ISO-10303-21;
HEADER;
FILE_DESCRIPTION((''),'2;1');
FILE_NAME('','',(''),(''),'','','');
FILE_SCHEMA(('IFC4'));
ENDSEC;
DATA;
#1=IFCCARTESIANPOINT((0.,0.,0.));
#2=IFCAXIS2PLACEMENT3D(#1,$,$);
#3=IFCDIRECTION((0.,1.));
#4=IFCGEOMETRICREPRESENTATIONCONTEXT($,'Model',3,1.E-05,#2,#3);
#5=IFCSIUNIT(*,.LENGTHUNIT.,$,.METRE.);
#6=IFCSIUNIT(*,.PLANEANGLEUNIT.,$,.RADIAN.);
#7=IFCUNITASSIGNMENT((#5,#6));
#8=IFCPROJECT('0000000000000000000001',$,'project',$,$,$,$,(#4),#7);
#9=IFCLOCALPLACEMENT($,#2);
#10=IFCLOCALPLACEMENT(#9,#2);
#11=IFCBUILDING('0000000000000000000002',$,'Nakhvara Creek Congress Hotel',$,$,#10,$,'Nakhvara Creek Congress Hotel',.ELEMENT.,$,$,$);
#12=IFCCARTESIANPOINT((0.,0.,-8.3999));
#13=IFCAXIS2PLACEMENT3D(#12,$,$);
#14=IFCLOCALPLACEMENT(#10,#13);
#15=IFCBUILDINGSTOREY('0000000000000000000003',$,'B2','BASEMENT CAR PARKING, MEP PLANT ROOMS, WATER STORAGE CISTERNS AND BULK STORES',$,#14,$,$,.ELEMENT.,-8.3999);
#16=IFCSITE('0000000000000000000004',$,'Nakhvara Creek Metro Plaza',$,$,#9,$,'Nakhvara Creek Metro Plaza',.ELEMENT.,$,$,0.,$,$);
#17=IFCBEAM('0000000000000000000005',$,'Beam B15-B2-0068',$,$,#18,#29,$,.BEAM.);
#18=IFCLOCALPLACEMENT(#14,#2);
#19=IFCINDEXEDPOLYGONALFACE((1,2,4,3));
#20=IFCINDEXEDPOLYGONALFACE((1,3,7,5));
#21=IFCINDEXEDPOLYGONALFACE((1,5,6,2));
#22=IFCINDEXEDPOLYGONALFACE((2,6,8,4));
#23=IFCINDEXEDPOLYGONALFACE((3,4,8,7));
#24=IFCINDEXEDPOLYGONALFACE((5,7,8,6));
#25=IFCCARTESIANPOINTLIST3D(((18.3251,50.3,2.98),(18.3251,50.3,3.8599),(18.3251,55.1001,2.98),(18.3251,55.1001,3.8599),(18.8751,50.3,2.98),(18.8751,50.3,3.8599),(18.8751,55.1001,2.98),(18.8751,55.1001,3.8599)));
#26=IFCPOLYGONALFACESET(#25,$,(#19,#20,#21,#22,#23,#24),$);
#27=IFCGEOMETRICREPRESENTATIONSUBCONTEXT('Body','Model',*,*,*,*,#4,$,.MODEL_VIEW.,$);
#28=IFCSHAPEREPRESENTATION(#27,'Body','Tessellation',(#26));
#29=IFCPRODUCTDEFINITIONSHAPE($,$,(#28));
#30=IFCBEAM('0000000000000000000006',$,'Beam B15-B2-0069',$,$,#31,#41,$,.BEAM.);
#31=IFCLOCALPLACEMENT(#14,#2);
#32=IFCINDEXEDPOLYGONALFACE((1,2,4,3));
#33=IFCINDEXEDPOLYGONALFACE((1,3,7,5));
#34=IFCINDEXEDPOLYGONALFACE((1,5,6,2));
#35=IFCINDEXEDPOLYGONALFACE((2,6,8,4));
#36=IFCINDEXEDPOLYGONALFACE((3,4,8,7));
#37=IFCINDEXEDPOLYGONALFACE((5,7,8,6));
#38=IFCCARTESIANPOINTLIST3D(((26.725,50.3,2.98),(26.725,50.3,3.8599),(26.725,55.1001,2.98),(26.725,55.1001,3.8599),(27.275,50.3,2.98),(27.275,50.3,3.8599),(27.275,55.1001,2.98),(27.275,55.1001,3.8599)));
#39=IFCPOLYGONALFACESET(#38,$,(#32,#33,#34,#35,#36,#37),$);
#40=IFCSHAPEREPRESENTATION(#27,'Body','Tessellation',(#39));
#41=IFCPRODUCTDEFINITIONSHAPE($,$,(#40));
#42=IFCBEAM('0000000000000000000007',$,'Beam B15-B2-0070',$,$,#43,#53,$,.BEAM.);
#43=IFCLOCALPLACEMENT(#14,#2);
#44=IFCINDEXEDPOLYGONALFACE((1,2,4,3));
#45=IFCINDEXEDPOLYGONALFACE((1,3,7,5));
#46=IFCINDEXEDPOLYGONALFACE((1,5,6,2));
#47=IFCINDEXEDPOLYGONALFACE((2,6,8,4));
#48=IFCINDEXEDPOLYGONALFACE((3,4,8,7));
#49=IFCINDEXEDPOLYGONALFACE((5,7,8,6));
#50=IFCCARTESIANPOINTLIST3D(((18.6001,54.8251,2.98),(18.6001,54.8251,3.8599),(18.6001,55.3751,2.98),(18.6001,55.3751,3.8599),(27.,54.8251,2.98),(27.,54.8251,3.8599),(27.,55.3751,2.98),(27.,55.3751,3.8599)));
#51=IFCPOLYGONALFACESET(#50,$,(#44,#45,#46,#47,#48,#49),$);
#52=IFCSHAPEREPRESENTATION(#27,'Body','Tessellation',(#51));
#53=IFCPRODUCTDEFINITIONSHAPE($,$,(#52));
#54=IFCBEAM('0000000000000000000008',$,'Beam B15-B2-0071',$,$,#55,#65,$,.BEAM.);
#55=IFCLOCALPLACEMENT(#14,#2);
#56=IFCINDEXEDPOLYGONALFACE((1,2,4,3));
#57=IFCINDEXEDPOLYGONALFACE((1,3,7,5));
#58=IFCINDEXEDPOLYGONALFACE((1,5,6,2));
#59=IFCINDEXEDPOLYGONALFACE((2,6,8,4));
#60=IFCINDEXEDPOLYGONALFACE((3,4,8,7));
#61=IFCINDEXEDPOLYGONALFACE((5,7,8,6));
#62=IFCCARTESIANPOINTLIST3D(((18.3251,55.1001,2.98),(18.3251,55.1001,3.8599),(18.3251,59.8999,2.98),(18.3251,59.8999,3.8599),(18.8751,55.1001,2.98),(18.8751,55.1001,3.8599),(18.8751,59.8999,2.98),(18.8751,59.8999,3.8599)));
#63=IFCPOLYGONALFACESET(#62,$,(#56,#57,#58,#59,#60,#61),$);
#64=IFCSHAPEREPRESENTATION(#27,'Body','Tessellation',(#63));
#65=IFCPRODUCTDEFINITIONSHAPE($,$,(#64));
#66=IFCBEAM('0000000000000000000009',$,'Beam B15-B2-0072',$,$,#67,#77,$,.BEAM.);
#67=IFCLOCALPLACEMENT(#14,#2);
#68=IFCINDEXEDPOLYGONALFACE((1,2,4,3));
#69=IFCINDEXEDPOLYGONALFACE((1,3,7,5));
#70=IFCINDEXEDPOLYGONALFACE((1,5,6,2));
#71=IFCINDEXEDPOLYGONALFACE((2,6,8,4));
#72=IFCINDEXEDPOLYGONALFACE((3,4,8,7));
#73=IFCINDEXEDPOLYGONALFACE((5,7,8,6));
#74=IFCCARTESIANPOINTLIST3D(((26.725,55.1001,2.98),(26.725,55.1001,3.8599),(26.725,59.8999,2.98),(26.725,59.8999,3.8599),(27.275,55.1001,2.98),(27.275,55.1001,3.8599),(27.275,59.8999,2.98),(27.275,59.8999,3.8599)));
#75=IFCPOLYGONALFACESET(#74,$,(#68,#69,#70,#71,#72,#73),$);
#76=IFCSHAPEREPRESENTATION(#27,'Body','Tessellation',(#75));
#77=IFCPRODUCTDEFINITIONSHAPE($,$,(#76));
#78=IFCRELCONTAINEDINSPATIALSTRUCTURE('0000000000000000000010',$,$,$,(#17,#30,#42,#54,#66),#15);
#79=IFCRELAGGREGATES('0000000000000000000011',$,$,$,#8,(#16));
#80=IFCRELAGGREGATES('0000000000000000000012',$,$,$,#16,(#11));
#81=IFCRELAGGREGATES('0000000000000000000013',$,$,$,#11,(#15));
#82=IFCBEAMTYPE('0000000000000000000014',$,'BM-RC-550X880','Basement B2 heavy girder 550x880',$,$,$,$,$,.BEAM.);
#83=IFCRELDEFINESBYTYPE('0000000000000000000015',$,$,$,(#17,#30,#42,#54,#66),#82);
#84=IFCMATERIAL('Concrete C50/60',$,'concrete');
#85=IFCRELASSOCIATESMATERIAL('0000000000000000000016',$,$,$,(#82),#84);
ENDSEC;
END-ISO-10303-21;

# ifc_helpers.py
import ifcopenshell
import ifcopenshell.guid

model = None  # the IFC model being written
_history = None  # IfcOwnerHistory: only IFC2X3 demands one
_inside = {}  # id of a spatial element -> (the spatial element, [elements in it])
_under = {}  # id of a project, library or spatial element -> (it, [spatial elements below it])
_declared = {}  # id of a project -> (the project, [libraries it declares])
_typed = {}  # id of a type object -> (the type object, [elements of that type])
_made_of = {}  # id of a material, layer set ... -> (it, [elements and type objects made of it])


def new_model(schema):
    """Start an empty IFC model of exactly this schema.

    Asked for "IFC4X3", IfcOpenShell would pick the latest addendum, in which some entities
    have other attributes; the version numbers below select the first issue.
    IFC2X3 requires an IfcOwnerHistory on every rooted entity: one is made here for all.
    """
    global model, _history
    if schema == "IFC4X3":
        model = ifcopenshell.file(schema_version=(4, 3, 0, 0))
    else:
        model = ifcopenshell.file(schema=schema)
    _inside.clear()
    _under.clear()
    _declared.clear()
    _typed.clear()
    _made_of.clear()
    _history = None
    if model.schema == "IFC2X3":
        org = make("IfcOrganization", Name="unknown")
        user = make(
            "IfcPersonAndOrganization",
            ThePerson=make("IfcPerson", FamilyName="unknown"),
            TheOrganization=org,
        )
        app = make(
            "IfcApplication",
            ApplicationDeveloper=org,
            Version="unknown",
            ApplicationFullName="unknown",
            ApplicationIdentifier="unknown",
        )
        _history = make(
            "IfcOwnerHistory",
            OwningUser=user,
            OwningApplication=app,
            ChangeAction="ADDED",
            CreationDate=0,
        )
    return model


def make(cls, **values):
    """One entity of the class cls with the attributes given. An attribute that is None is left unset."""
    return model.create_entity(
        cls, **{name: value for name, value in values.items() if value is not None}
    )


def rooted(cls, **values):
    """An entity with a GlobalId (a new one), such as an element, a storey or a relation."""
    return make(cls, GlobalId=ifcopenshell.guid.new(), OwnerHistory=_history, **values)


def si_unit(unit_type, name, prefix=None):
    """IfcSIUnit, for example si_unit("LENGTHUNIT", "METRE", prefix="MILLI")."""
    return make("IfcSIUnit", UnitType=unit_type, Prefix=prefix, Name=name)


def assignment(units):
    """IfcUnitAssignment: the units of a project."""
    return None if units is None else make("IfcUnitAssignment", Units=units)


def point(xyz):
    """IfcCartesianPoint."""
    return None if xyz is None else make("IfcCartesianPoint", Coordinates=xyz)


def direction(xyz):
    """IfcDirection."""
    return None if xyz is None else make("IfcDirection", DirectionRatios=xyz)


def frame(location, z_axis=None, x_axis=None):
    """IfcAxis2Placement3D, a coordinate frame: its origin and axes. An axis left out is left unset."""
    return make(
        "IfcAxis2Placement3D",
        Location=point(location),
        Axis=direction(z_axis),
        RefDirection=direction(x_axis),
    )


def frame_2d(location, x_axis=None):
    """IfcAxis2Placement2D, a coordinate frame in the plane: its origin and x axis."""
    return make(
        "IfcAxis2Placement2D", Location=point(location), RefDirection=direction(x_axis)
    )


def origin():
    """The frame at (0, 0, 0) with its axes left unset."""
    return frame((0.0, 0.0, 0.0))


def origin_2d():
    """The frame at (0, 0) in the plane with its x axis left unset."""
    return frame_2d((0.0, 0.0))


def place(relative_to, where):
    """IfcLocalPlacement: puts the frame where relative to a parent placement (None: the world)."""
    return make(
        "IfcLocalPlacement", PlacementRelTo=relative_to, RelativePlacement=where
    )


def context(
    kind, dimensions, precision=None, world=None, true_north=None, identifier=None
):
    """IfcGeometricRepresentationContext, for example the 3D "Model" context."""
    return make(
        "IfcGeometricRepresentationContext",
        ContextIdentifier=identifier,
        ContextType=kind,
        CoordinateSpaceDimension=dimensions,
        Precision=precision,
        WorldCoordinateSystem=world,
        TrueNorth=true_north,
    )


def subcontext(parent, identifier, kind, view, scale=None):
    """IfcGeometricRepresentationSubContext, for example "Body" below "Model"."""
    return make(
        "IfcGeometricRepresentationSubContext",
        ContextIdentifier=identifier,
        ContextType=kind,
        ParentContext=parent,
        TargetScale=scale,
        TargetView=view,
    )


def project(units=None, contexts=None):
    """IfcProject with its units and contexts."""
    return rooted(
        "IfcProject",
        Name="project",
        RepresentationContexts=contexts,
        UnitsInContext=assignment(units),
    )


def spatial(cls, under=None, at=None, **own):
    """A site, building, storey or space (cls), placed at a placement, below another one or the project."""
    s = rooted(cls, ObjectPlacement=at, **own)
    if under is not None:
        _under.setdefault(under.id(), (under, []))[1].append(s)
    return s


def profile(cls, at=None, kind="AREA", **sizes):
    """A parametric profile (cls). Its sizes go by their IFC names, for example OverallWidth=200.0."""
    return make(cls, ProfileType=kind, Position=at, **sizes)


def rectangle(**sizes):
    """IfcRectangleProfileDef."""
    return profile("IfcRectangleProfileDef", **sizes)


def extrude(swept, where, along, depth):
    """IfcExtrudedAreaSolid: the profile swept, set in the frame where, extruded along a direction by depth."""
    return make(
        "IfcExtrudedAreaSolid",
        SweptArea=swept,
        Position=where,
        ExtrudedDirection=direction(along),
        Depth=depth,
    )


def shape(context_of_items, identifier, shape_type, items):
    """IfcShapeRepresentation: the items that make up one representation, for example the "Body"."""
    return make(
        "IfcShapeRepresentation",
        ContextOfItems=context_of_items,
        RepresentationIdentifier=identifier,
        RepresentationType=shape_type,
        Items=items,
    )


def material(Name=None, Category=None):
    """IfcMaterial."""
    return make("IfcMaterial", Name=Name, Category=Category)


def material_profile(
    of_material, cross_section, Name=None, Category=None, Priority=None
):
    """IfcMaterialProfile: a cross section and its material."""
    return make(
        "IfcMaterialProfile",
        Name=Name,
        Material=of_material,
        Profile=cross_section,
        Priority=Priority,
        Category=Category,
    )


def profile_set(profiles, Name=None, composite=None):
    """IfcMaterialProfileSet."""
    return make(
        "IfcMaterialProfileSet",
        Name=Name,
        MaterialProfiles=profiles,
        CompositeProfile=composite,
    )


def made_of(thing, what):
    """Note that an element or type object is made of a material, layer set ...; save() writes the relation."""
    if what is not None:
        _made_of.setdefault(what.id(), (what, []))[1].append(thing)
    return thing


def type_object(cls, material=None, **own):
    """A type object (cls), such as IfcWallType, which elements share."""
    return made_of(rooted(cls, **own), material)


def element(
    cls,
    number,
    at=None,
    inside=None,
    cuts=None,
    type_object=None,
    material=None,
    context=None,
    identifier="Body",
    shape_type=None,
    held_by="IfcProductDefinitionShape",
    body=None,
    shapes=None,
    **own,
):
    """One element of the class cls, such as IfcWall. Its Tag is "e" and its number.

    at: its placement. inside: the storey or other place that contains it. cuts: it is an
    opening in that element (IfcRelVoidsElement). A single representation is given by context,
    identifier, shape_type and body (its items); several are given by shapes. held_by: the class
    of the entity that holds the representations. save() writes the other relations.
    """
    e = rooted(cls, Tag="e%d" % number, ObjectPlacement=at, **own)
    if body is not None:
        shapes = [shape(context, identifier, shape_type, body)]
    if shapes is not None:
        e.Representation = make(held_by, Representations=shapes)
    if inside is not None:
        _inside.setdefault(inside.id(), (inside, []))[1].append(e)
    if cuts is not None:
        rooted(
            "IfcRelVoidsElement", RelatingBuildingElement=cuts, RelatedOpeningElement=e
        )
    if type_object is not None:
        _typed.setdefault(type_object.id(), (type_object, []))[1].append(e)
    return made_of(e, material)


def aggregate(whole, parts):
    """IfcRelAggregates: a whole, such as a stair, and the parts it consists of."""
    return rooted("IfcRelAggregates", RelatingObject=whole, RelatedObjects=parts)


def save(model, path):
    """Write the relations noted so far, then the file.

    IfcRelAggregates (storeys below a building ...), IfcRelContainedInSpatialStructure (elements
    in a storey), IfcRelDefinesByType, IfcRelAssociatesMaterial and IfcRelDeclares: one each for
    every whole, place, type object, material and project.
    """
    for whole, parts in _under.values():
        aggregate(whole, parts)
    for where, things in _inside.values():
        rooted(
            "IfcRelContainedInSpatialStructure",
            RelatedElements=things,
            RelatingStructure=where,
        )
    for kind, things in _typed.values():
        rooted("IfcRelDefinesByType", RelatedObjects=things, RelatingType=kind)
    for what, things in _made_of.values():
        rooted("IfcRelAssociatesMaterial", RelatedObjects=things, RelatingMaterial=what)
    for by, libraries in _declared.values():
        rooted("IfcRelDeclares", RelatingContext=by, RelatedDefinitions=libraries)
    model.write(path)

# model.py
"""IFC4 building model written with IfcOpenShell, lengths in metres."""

from ifc_helpers import new_model, si_unit, direction, frame, origin, origin_2d, place, context, subcontext, project, spatial, rectangle, extrude, material, material_profile, profile_set, type_object, element, save


model = new_model("IFC4")

# Units and contexts
model_context = context("Model", 3, precision=1e-05, world=origin(), true_north=direction((0.0, 1.0)))
body_context = subcontext(model_context, "Body", "Model", "MODEL_VIEW")
ifc_project = project(units=[si_unit("LENGTHUNIT", "METRE"), si_unit("PLANEANGLEUNIT", "RADIAN")], contexts=[model_context])

# Site, building, storey
site_placement = place(None, origin())
site = spatial("IfcSite", under=ifc_project, at=site_placement, Name="Nakhvara Creek Metro Plaza", LongName="Nakhvara Creek Metro Plaza", CompositionType="ELEMENT", RefElevation=0.0)
building_placement = place(site_placement, origin())
building = spatial("IfcBuilding", under=site, at=building_placement, Name="Nakhvara Creek Congress Hotel", LongName="Nakhvara Creek Congress Hotel", CompositionType="ELEMENT")
storey_placement = place(building_placement, frame((0.0, 0.0, -8.3999)))
storey = spatial("IfcBuildingStorey", under=building, at=storey_placement, Name="B2", Description="BASEMENT CAR PARKING, MEP PLANT ROOMS, WATER STORAGE CISTERNS AND BULK STORES", CompositionType="ELEMENT", Elevation=-8.3999)

# Shared definitions
ifc_material_1 = material(Name="Concrete C50/60", Category="concrete")

# Beams
ifc_material_profile_1 = material_profile(ifc_material_1, rectangle(XDim=0.55, YDim=0.8799, at=origin_2d()), Name="RC-BM 550x880", Category="LoadBearing")
ifc_profile_set_1 = profile_set([ifc_material_profile_1], Name="Concrete C50/60")
beam_type = type_object("IfcBeamType", Name="BM-RC-550X880", Description="Basement B2 heavy girder 550x880", PredefinedType="BEAM", material=ifc_profile_set_1)
for number, where, z_axis, x_axis, name in (
    (1, (18.6001, 50.3, 3.4199), (0.0, 1.0, 0.0), (-1.0, 0.0, 0.0), "Beam B15-B2-0068"),
    (2, (27.0, 50.3, 3.4199), (0.0, 1.0, 0.0), (-1.0, 0.0, 0.0), "Beam B15-B2-0069"),
):
    element("IfcBeam", number, at=place(storey_placement, frame(where, z_axis=z_axis, x_axis=x_axis)), inside=storey, type_object=beam_type, Name=name, PredefinedType="BEAM", context=body_context, shape_type="SweptSolid", body=[
        extrude(rectangle(XDim=0.55, YDim=0.8799, at=origin_2d()), origin(), (0.0, 0.0, 1.0), 4.8),
    ])
beam_1_placement = place(storey_placement, frame((18.6001, 55.1001, 3.4199), z_axis=(1.0, 0.0, 0.0), x_axis=(0.0, 1.0, 0.0)))
element("IfcBeam", 3, at=beam_1_placement, inside=storey, type_object=beam_type, Name="Beam B15-B2-0070", PredefinedType="BEAM", context=body_context, shape_type="SweptSolid", body=[
    extrude(rectangle(XDim=0.55, YDim=0.8799, at=origin_2d()), origin(), (0.0, 0.0, 1.0), 8.3999),
])
for number, where, z_axis, x_axis, name in (
    (4, (18.6001, 55.1001, 3.4199), (0.0, 1.0, 0.0), (-1.0, 0.0, 0.0), "Beam B15-B2-0071"),
    (5, (27.0, 55.1001, 3.4199), (0.0, 1.0, 0.0), (-1.0, 0.0, 0.0), "Beam B15-B2-0072"),
):
    element("IfcBeam", number, at=place(storey_placement, frame(where, z_axis=z_axis, x_axis=x_axis)), inside=storey, type_object=beam_type, Name=name, PredefinedType="BEAM", context=body_context, shape_type="SweptSolid", body=[
        extrude(rectangle(XDim=0.55, YDim=0.8799, at=origin_2d()), origin(), (0.0, 0.0, 1.0), 4.7998),
    ])

save(model, "model.ifc")
